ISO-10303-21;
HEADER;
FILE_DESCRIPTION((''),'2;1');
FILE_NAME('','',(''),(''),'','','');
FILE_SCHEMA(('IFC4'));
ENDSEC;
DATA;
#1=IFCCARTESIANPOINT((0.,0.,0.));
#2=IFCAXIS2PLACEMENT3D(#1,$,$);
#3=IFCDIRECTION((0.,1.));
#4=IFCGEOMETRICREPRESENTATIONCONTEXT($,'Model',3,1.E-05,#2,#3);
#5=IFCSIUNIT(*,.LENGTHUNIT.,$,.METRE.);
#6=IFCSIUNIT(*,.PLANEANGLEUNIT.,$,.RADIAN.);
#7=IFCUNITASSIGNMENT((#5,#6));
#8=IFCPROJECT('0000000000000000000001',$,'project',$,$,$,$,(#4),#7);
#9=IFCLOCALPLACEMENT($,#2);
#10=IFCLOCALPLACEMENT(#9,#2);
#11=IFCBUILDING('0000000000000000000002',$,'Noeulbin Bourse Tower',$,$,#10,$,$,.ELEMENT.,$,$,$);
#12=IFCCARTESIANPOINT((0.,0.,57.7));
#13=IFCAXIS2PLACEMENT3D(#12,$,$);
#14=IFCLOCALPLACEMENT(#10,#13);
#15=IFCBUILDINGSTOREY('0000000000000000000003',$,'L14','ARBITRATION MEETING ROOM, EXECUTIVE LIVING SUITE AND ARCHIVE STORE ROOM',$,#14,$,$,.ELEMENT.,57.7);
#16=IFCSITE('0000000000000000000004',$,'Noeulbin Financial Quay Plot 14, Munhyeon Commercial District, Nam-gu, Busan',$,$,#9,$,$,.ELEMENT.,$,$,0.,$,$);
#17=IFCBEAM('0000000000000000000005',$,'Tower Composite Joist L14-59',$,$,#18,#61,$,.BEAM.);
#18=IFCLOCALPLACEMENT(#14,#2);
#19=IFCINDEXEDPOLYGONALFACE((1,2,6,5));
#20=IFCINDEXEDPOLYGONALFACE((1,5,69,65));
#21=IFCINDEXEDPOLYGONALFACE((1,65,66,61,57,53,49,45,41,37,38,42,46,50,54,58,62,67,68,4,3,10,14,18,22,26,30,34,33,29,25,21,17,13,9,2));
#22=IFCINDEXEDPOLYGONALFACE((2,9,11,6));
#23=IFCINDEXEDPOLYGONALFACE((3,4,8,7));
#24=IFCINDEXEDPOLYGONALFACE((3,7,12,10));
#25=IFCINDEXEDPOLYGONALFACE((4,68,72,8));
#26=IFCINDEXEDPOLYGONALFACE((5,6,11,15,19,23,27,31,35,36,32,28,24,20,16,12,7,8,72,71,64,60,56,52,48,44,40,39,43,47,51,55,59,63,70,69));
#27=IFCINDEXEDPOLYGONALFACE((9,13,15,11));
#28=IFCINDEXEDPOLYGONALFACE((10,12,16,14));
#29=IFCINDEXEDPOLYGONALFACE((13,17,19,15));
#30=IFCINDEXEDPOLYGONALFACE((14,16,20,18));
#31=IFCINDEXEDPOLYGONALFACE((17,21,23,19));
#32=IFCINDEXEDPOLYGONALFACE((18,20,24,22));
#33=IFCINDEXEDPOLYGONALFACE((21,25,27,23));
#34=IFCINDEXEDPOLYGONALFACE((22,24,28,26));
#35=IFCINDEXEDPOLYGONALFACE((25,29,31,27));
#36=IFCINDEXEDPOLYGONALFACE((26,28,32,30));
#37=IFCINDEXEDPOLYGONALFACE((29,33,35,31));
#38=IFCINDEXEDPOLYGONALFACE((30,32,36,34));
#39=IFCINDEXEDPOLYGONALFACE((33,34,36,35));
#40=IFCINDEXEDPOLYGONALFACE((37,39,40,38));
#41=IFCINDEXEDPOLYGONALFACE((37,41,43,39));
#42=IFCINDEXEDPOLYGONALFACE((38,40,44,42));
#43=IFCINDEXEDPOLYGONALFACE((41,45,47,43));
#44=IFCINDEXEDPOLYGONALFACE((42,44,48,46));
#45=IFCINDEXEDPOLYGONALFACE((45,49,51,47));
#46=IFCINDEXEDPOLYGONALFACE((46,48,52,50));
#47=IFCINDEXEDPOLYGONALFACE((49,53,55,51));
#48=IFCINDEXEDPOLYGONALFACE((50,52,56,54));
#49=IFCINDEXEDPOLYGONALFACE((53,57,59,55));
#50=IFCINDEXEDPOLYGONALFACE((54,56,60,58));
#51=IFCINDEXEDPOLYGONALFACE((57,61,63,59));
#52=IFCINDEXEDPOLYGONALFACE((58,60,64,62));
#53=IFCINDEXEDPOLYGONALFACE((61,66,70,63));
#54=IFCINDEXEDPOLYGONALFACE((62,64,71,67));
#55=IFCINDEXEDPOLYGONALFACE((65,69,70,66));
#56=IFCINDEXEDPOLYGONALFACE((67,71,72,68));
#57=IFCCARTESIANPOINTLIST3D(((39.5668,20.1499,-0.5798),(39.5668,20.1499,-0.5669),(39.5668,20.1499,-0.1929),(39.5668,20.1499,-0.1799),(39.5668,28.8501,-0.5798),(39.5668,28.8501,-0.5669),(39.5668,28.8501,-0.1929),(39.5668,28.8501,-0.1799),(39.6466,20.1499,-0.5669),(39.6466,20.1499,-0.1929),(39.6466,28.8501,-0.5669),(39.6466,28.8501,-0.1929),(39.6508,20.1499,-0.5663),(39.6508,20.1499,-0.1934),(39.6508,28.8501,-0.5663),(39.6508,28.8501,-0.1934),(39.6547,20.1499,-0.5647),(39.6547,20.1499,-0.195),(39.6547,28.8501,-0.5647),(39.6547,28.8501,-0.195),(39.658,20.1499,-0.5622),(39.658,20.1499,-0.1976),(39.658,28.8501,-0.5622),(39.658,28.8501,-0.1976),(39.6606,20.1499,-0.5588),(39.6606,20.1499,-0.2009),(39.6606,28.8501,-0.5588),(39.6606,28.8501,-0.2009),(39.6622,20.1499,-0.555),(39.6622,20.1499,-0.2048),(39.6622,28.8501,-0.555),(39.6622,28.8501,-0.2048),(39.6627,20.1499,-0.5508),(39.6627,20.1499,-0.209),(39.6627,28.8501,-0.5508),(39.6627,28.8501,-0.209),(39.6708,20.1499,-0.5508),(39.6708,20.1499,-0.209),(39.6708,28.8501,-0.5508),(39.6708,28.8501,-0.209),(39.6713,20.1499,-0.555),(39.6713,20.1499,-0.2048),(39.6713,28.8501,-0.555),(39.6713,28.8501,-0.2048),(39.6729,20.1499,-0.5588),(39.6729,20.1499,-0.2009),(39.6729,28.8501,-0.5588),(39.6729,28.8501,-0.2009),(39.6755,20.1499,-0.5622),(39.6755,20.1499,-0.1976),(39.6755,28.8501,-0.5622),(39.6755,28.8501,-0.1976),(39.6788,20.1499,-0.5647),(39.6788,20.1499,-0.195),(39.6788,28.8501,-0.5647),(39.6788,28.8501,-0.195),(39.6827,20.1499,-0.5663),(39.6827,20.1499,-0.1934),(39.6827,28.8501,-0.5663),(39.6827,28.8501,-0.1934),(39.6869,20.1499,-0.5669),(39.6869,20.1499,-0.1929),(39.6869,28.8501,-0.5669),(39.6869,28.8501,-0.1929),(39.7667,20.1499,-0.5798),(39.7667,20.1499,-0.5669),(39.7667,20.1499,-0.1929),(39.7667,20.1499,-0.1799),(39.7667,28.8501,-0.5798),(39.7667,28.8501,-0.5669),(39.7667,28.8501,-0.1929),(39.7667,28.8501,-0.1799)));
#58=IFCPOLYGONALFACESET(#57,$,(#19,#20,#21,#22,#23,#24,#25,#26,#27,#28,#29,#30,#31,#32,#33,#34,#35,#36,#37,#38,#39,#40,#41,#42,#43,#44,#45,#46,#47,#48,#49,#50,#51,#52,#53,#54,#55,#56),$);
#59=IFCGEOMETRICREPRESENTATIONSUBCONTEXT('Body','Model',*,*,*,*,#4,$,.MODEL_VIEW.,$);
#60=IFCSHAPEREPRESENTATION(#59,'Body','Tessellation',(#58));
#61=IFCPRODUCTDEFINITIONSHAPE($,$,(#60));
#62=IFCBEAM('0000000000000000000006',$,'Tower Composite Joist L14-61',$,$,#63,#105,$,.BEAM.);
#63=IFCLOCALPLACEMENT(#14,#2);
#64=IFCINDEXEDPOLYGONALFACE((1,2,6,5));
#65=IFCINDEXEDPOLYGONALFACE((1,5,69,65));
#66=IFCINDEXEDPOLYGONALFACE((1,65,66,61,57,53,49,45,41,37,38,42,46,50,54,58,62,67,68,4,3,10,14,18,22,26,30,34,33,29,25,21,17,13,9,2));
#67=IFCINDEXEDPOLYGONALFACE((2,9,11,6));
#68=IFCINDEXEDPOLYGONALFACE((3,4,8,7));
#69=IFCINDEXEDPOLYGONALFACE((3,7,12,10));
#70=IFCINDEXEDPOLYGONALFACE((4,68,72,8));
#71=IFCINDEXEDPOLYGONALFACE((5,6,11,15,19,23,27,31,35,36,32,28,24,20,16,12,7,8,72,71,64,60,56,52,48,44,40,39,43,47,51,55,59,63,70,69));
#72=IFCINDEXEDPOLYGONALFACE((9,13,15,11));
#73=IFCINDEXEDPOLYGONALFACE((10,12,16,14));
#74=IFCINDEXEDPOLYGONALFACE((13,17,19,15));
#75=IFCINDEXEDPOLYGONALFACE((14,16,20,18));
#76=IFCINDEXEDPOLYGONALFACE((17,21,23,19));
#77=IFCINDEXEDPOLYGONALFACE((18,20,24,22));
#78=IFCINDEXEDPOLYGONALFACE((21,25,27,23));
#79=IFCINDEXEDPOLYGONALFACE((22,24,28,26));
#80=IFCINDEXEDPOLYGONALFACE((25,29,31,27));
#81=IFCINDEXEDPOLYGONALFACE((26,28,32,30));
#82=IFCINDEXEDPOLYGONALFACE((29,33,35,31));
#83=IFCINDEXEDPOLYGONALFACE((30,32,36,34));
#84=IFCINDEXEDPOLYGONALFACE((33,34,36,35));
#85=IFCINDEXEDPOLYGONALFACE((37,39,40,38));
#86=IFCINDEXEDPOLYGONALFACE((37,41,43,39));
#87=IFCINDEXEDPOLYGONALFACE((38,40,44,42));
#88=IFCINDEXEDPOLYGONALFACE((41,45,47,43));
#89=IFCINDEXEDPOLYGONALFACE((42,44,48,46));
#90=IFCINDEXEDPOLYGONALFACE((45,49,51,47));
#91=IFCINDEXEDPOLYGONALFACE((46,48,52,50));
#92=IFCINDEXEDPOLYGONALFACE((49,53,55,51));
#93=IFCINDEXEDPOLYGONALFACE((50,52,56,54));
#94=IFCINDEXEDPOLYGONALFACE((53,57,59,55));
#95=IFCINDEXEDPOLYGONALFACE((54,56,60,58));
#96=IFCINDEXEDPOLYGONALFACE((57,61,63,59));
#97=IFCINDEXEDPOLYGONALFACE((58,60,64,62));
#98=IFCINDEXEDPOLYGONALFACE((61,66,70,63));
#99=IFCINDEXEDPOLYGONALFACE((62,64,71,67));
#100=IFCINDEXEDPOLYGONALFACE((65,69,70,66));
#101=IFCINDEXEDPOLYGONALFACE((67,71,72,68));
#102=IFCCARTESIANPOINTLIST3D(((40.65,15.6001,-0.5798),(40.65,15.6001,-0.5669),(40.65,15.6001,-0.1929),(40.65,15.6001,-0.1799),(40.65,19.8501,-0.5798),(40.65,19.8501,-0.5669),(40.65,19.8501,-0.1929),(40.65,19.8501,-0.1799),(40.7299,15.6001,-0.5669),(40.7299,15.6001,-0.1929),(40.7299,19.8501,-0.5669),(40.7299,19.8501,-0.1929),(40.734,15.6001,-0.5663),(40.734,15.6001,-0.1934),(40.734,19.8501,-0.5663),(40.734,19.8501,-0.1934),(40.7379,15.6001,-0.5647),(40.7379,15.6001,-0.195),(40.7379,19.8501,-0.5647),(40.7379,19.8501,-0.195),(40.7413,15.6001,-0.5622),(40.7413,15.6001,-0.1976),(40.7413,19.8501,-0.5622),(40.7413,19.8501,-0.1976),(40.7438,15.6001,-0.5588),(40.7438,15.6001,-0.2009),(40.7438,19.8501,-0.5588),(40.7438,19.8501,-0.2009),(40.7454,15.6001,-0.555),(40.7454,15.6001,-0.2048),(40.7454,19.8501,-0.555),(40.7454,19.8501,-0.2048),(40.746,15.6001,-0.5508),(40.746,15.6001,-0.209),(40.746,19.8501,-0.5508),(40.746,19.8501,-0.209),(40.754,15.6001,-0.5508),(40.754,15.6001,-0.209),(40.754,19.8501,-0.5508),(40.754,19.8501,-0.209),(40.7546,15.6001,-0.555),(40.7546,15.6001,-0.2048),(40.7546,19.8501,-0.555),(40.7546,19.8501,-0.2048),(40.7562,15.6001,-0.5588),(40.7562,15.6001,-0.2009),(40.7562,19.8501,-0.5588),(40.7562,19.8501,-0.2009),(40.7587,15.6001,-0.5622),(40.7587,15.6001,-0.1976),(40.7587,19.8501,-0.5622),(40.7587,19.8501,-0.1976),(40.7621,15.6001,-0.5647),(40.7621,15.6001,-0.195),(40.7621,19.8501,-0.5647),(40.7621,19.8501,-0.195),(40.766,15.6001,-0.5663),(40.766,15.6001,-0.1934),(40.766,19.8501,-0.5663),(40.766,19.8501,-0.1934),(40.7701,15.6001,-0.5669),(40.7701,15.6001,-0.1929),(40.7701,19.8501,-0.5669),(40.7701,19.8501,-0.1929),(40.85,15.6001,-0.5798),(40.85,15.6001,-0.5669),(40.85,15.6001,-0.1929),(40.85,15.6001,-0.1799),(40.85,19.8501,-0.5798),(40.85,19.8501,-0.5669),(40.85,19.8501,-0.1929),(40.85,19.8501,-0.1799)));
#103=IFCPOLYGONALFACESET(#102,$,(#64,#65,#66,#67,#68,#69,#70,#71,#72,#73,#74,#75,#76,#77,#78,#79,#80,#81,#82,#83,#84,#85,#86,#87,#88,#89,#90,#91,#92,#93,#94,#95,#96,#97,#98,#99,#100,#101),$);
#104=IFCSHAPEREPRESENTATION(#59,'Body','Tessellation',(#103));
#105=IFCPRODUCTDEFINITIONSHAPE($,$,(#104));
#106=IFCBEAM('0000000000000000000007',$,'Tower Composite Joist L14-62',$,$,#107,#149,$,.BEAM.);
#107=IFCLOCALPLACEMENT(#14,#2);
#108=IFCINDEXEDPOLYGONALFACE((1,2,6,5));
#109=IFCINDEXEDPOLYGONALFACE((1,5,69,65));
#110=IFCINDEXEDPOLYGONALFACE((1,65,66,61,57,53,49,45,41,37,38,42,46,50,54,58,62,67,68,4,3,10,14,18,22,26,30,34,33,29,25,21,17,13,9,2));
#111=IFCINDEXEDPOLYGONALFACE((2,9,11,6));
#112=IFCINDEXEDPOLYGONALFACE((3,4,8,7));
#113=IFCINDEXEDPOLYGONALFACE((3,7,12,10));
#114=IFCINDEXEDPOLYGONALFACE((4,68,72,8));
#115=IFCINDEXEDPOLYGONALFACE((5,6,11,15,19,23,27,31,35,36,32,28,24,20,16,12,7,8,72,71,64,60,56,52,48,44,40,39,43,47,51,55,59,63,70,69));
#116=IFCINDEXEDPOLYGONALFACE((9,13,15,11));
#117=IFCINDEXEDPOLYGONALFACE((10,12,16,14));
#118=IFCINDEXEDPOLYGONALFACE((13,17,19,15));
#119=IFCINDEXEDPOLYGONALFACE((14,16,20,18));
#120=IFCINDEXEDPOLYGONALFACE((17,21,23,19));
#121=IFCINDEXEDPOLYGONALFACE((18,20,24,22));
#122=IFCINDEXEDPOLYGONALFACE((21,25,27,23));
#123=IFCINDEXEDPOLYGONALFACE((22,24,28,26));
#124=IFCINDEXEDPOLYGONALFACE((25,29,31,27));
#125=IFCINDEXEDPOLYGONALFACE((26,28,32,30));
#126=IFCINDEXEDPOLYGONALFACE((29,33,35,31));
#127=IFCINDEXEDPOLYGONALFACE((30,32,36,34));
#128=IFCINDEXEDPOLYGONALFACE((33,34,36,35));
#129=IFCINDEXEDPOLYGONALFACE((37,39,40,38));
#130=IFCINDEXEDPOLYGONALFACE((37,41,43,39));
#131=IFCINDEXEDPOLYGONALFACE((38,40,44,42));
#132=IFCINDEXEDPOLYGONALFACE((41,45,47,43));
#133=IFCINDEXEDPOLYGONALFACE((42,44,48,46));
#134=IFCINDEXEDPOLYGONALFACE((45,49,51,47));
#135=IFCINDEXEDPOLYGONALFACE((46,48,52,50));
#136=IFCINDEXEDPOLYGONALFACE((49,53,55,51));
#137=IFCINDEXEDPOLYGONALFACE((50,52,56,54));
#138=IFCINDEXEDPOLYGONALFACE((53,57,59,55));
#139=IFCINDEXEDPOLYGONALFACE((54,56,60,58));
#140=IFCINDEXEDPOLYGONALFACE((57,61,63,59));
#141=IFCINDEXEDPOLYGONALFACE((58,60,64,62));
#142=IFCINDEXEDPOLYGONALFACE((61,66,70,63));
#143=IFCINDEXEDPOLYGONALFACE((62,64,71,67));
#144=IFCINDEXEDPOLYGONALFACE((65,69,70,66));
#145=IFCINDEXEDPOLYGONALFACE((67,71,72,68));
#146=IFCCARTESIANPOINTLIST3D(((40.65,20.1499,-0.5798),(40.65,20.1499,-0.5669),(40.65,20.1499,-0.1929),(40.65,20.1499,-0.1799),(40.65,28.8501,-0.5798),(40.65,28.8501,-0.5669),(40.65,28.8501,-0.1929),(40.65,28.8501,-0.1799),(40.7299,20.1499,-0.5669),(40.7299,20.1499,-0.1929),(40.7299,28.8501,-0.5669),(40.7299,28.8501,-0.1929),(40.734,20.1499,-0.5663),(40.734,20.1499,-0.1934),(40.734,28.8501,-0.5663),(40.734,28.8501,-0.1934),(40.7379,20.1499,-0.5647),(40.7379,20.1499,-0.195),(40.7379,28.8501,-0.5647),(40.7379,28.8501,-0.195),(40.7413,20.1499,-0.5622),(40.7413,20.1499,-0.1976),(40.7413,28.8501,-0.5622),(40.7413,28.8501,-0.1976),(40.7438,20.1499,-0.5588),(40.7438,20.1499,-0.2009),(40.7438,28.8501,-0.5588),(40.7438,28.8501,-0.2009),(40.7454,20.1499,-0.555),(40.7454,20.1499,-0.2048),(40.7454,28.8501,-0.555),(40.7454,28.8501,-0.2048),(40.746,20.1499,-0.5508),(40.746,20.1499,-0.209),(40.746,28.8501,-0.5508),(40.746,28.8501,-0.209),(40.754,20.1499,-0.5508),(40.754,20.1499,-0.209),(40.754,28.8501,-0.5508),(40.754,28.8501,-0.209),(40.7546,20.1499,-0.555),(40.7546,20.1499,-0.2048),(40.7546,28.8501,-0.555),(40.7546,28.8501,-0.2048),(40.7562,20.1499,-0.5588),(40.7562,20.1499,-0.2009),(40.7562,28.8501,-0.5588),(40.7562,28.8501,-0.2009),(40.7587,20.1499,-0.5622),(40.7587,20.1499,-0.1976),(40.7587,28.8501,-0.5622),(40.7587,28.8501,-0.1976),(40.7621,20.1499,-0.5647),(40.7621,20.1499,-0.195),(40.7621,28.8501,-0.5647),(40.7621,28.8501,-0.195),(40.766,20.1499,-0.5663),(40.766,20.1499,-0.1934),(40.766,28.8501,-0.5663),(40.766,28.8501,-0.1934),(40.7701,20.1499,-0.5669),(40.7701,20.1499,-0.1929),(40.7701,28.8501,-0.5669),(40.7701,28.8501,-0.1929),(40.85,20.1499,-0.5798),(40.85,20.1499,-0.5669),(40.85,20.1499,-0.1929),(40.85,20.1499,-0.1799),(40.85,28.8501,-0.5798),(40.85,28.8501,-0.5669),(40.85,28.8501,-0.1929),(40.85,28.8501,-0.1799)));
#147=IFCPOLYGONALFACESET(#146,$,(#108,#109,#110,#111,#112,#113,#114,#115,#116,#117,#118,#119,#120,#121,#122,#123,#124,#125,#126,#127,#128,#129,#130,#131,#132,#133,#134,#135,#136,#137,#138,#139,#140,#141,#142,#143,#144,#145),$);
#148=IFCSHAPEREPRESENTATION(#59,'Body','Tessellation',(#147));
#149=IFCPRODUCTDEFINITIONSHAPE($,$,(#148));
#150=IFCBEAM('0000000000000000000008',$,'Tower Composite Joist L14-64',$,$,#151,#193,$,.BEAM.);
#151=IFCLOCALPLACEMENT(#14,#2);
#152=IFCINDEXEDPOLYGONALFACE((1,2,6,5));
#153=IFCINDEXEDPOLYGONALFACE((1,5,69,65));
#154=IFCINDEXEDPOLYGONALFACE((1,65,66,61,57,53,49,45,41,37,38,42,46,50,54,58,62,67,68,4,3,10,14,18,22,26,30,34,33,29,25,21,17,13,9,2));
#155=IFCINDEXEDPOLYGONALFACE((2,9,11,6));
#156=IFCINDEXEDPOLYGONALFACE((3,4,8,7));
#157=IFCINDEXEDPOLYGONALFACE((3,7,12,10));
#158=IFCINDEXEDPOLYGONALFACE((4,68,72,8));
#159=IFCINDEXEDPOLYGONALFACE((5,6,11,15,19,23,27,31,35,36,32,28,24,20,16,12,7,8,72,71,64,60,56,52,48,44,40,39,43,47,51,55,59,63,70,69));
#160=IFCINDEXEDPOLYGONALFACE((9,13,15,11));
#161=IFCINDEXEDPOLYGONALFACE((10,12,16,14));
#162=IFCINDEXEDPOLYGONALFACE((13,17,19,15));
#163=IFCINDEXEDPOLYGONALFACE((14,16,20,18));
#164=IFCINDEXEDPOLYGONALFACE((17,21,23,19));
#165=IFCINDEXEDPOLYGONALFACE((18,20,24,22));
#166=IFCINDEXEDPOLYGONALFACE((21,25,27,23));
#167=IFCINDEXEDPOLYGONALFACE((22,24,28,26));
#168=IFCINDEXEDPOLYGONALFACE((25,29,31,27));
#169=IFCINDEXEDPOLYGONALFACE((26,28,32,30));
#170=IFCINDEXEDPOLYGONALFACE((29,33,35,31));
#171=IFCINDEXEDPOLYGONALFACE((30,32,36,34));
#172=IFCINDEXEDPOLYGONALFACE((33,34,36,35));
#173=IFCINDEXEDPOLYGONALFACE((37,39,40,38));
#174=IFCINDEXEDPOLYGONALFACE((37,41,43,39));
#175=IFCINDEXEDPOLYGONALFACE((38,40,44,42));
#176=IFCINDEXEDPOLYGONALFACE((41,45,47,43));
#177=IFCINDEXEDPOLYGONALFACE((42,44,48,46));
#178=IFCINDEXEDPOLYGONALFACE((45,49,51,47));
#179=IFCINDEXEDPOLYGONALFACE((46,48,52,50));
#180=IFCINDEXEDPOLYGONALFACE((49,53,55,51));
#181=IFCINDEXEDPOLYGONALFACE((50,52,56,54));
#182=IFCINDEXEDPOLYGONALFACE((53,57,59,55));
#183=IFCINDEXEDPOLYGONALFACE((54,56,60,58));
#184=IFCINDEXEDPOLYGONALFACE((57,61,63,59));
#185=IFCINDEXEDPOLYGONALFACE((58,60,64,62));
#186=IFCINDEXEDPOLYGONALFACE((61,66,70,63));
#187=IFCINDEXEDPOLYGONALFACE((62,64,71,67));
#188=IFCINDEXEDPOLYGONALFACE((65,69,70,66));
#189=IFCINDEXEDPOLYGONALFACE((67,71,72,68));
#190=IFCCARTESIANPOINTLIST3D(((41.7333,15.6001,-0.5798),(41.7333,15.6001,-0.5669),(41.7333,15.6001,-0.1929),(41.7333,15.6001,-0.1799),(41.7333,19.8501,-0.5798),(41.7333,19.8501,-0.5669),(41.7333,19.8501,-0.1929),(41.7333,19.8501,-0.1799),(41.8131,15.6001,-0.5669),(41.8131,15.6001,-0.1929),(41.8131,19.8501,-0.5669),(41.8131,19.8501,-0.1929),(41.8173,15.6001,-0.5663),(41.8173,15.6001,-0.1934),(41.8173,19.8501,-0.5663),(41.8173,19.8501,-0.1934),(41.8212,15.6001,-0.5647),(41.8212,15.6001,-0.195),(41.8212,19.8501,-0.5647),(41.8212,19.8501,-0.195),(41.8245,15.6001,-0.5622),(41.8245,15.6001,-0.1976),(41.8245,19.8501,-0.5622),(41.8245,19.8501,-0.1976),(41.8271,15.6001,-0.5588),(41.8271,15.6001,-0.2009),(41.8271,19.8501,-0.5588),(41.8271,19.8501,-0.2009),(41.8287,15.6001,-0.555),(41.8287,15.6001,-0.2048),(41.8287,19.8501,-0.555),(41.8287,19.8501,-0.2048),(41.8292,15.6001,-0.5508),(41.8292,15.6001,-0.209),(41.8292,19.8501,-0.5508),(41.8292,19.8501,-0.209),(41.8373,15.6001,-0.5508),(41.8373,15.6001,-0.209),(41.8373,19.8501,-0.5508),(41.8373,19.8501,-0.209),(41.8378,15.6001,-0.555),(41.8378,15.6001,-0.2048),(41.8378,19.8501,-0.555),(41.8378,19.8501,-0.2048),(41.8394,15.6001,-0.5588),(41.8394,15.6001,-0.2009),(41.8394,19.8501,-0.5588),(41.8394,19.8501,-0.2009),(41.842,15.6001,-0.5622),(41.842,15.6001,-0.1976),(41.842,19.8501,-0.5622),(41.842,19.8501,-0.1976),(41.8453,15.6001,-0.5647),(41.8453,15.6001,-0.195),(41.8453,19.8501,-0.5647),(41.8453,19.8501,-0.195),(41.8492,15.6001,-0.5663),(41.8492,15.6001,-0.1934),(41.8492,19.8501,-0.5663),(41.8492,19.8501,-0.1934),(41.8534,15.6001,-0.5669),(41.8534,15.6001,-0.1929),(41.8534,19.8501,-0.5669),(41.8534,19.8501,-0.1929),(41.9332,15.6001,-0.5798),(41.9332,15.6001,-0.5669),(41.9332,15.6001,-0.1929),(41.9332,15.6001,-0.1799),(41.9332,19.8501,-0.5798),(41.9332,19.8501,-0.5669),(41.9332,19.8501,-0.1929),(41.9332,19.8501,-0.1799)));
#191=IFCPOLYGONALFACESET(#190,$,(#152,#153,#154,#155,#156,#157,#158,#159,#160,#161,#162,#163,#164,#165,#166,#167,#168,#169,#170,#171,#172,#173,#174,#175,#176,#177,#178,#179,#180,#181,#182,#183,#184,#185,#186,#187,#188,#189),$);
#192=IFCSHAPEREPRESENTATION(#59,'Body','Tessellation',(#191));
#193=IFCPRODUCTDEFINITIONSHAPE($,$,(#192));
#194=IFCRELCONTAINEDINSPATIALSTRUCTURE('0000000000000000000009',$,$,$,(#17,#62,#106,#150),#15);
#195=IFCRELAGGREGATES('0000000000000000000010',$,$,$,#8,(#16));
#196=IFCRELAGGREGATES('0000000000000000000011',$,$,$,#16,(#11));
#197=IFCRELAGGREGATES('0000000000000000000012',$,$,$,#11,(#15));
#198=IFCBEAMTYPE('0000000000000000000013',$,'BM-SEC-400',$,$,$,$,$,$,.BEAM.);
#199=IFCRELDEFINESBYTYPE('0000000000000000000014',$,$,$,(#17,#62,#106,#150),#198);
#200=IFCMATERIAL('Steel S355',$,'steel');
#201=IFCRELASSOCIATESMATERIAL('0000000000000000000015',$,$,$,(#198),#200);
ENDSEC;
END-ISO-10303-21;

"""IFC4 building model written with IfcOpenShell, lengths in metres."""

from ifc_helpers import new_model, si_unit, direction, frame, origin, origin_2d, place, context, subcontext, project, spatial, i_section, extrude, material, material_profile, profile_set, type_object, element, save


model = new_model("IFC4")

# Units and contexts
model_context = context("Model", 3, precision=1e-05, world=origin(), true_north=direction((0.0, 1.0)))
body_context = subcontext(model_context, "Body", "Model", "MODEL_VIEW")
ifc_project = project(units=[si_unit("LENGTHUNIT", "METRE"), si_unit("PLANEANGLEUNIT", "RADIAN")], contexts=[model_context])

# Site, building, storey
site_placement = place(None, origin())
site = spatial("IfcSite", under=ifc_project, at=site_placement, Name="Noeulbin Financial Quay Plot 14, Munhyeon Commercial District, Nam-gu, Busan", CompositionType="ELEMENT", RefElevation=0.0)
building_placement = place(site_placement, origin())
building = spatial("IfcBuilding", under=site, at=building_placement, Name="Noeulbin Bourse Tower", CompositionType="ELEMENT")
storey_placement = place(building_placement, frame((0.0, 0.0, 57.7)))
storey = spatial("IfcBuildingStorey", under=building, at=storey_placement, Name="L14", Description="ARBITRATION MEETING ROOM, EXECUTIVE LIVING SUITE AND ARCHIVE STORE ROOM", CompositionType="ELEMENT", Elevation=57.7)

# Beams
ifc_material_1 = material(Name="Steel S355", Category="steel")
ifc_material_profile_1 = material_profile(ifc_material_1, i_section(OverallWidth=0.2, OverallDepth=0.3999, WebThickness=0.0081, FlangeThickness=0.0129, FilletRadius=0.0161, at=origin_2d()), Name="H-400x200x8x13", Category="LoadBearing")
ifc_profile_set_1 = profile_set([ifc_material_profile_1], Name="Steel S355")
beam_type_1 = type_object("IfcBeamType", Name="BM-SEC-400", PredefinedType="BEAM", material=ifc_profile_set_1)
beam_1_placement = place(storey_placement, frame((39.6667, 20.1499, -0.3799), z_axis=(0.0, 1.0, 0.0), x_axis=(-1.0, 0.0, 0.0)))
element("IfcBeam", 1, at=beam_1_placement, inside=storey, type_object=beam_type_1, Name="Tower Composite Joist L14-59", PredefinedType="BEAM", context=body_context, shape_type="SweptSolid", body=[
    extrude(i_section(OverallWidth=0.2, OverallDepth=0.3999, WebThickness=0.0081, FlangeThickness=0.0129, FilletRadius=0.0161, at=origin_2d()), origin(), (0.0, 0.0, 1.0), 8.7002),
])
beam_2_placement = place(storey_placement, frame((40.75, 15.6001, -0.3799), z_axis=(0.0, 1.0, 0.0), x_axis=(-1.0, 0.0, 0.0)))
element("IfcBeam", 2, at=beam_2_placement, inside=storey, type_object=beam_type_1, Name="Tower Composite Joist L14-61", PredefinedType="BEAM", context=body_context, shape_type="SweptSolid", body=[
    extrude(i_section(OverallWidth=0.2, OverallDepth=0.3999, WebThickness=0.0081, FlangeThickness=0.0129, FilletRadius=0.0161, at=origin_2d()), origin(), (0.0, 0.0, 1.0), 4.25),
])
beam_3_placement = place(storey_placement, frame((40.75, 20.1499, -0.3799), z_axis=(0.0, 1.0, 0.0), x_axis=(-1.0, 0.0, 0.0)))
element("IfcBeam", 3, at=beam_3_placement, inside=storey, type_object=beam_type_1, Name="Tower Composite Joist L14-62", PredefinedType="BEAM", context=body_context, shape_type="SweptSolid", body=[
    extrude(i_section(OverallWidth=0.2, OverallDepth=0.3999, WebThickness=0.0081, FlangeThickness=0.0129, FilletRadius=0.0161, at=origin_2d()), origin(), (0.0, 0.0, 1.0), 8.7002),
])
beam_4_placement = place(storey_placement, frame((41.8333, 15.6001, -0.3799), z_axis=(0.0, 1.0, 0.0), x_axis=(-1.0, 0.0, 0.0)))
element("IfcBeam", 4, at=beam_4_placement, inside=storey, type_object=beam_type_1, Name="Tower Composite Joist L14-64", PredefinedType="BEAM", context=body_context, shape_type="SweptSolid", body=[
    extrude(i_section(OverallWidth=0.2, OverallDepth=0.3999, WebThickness=0.0081, FlangeThickness=0.0129, FilletRadius=0.0161, at=origin_2d()), origin(), (0.0, 0.0, 1.0), 4.25),
])

save(model, "model.ifc")
